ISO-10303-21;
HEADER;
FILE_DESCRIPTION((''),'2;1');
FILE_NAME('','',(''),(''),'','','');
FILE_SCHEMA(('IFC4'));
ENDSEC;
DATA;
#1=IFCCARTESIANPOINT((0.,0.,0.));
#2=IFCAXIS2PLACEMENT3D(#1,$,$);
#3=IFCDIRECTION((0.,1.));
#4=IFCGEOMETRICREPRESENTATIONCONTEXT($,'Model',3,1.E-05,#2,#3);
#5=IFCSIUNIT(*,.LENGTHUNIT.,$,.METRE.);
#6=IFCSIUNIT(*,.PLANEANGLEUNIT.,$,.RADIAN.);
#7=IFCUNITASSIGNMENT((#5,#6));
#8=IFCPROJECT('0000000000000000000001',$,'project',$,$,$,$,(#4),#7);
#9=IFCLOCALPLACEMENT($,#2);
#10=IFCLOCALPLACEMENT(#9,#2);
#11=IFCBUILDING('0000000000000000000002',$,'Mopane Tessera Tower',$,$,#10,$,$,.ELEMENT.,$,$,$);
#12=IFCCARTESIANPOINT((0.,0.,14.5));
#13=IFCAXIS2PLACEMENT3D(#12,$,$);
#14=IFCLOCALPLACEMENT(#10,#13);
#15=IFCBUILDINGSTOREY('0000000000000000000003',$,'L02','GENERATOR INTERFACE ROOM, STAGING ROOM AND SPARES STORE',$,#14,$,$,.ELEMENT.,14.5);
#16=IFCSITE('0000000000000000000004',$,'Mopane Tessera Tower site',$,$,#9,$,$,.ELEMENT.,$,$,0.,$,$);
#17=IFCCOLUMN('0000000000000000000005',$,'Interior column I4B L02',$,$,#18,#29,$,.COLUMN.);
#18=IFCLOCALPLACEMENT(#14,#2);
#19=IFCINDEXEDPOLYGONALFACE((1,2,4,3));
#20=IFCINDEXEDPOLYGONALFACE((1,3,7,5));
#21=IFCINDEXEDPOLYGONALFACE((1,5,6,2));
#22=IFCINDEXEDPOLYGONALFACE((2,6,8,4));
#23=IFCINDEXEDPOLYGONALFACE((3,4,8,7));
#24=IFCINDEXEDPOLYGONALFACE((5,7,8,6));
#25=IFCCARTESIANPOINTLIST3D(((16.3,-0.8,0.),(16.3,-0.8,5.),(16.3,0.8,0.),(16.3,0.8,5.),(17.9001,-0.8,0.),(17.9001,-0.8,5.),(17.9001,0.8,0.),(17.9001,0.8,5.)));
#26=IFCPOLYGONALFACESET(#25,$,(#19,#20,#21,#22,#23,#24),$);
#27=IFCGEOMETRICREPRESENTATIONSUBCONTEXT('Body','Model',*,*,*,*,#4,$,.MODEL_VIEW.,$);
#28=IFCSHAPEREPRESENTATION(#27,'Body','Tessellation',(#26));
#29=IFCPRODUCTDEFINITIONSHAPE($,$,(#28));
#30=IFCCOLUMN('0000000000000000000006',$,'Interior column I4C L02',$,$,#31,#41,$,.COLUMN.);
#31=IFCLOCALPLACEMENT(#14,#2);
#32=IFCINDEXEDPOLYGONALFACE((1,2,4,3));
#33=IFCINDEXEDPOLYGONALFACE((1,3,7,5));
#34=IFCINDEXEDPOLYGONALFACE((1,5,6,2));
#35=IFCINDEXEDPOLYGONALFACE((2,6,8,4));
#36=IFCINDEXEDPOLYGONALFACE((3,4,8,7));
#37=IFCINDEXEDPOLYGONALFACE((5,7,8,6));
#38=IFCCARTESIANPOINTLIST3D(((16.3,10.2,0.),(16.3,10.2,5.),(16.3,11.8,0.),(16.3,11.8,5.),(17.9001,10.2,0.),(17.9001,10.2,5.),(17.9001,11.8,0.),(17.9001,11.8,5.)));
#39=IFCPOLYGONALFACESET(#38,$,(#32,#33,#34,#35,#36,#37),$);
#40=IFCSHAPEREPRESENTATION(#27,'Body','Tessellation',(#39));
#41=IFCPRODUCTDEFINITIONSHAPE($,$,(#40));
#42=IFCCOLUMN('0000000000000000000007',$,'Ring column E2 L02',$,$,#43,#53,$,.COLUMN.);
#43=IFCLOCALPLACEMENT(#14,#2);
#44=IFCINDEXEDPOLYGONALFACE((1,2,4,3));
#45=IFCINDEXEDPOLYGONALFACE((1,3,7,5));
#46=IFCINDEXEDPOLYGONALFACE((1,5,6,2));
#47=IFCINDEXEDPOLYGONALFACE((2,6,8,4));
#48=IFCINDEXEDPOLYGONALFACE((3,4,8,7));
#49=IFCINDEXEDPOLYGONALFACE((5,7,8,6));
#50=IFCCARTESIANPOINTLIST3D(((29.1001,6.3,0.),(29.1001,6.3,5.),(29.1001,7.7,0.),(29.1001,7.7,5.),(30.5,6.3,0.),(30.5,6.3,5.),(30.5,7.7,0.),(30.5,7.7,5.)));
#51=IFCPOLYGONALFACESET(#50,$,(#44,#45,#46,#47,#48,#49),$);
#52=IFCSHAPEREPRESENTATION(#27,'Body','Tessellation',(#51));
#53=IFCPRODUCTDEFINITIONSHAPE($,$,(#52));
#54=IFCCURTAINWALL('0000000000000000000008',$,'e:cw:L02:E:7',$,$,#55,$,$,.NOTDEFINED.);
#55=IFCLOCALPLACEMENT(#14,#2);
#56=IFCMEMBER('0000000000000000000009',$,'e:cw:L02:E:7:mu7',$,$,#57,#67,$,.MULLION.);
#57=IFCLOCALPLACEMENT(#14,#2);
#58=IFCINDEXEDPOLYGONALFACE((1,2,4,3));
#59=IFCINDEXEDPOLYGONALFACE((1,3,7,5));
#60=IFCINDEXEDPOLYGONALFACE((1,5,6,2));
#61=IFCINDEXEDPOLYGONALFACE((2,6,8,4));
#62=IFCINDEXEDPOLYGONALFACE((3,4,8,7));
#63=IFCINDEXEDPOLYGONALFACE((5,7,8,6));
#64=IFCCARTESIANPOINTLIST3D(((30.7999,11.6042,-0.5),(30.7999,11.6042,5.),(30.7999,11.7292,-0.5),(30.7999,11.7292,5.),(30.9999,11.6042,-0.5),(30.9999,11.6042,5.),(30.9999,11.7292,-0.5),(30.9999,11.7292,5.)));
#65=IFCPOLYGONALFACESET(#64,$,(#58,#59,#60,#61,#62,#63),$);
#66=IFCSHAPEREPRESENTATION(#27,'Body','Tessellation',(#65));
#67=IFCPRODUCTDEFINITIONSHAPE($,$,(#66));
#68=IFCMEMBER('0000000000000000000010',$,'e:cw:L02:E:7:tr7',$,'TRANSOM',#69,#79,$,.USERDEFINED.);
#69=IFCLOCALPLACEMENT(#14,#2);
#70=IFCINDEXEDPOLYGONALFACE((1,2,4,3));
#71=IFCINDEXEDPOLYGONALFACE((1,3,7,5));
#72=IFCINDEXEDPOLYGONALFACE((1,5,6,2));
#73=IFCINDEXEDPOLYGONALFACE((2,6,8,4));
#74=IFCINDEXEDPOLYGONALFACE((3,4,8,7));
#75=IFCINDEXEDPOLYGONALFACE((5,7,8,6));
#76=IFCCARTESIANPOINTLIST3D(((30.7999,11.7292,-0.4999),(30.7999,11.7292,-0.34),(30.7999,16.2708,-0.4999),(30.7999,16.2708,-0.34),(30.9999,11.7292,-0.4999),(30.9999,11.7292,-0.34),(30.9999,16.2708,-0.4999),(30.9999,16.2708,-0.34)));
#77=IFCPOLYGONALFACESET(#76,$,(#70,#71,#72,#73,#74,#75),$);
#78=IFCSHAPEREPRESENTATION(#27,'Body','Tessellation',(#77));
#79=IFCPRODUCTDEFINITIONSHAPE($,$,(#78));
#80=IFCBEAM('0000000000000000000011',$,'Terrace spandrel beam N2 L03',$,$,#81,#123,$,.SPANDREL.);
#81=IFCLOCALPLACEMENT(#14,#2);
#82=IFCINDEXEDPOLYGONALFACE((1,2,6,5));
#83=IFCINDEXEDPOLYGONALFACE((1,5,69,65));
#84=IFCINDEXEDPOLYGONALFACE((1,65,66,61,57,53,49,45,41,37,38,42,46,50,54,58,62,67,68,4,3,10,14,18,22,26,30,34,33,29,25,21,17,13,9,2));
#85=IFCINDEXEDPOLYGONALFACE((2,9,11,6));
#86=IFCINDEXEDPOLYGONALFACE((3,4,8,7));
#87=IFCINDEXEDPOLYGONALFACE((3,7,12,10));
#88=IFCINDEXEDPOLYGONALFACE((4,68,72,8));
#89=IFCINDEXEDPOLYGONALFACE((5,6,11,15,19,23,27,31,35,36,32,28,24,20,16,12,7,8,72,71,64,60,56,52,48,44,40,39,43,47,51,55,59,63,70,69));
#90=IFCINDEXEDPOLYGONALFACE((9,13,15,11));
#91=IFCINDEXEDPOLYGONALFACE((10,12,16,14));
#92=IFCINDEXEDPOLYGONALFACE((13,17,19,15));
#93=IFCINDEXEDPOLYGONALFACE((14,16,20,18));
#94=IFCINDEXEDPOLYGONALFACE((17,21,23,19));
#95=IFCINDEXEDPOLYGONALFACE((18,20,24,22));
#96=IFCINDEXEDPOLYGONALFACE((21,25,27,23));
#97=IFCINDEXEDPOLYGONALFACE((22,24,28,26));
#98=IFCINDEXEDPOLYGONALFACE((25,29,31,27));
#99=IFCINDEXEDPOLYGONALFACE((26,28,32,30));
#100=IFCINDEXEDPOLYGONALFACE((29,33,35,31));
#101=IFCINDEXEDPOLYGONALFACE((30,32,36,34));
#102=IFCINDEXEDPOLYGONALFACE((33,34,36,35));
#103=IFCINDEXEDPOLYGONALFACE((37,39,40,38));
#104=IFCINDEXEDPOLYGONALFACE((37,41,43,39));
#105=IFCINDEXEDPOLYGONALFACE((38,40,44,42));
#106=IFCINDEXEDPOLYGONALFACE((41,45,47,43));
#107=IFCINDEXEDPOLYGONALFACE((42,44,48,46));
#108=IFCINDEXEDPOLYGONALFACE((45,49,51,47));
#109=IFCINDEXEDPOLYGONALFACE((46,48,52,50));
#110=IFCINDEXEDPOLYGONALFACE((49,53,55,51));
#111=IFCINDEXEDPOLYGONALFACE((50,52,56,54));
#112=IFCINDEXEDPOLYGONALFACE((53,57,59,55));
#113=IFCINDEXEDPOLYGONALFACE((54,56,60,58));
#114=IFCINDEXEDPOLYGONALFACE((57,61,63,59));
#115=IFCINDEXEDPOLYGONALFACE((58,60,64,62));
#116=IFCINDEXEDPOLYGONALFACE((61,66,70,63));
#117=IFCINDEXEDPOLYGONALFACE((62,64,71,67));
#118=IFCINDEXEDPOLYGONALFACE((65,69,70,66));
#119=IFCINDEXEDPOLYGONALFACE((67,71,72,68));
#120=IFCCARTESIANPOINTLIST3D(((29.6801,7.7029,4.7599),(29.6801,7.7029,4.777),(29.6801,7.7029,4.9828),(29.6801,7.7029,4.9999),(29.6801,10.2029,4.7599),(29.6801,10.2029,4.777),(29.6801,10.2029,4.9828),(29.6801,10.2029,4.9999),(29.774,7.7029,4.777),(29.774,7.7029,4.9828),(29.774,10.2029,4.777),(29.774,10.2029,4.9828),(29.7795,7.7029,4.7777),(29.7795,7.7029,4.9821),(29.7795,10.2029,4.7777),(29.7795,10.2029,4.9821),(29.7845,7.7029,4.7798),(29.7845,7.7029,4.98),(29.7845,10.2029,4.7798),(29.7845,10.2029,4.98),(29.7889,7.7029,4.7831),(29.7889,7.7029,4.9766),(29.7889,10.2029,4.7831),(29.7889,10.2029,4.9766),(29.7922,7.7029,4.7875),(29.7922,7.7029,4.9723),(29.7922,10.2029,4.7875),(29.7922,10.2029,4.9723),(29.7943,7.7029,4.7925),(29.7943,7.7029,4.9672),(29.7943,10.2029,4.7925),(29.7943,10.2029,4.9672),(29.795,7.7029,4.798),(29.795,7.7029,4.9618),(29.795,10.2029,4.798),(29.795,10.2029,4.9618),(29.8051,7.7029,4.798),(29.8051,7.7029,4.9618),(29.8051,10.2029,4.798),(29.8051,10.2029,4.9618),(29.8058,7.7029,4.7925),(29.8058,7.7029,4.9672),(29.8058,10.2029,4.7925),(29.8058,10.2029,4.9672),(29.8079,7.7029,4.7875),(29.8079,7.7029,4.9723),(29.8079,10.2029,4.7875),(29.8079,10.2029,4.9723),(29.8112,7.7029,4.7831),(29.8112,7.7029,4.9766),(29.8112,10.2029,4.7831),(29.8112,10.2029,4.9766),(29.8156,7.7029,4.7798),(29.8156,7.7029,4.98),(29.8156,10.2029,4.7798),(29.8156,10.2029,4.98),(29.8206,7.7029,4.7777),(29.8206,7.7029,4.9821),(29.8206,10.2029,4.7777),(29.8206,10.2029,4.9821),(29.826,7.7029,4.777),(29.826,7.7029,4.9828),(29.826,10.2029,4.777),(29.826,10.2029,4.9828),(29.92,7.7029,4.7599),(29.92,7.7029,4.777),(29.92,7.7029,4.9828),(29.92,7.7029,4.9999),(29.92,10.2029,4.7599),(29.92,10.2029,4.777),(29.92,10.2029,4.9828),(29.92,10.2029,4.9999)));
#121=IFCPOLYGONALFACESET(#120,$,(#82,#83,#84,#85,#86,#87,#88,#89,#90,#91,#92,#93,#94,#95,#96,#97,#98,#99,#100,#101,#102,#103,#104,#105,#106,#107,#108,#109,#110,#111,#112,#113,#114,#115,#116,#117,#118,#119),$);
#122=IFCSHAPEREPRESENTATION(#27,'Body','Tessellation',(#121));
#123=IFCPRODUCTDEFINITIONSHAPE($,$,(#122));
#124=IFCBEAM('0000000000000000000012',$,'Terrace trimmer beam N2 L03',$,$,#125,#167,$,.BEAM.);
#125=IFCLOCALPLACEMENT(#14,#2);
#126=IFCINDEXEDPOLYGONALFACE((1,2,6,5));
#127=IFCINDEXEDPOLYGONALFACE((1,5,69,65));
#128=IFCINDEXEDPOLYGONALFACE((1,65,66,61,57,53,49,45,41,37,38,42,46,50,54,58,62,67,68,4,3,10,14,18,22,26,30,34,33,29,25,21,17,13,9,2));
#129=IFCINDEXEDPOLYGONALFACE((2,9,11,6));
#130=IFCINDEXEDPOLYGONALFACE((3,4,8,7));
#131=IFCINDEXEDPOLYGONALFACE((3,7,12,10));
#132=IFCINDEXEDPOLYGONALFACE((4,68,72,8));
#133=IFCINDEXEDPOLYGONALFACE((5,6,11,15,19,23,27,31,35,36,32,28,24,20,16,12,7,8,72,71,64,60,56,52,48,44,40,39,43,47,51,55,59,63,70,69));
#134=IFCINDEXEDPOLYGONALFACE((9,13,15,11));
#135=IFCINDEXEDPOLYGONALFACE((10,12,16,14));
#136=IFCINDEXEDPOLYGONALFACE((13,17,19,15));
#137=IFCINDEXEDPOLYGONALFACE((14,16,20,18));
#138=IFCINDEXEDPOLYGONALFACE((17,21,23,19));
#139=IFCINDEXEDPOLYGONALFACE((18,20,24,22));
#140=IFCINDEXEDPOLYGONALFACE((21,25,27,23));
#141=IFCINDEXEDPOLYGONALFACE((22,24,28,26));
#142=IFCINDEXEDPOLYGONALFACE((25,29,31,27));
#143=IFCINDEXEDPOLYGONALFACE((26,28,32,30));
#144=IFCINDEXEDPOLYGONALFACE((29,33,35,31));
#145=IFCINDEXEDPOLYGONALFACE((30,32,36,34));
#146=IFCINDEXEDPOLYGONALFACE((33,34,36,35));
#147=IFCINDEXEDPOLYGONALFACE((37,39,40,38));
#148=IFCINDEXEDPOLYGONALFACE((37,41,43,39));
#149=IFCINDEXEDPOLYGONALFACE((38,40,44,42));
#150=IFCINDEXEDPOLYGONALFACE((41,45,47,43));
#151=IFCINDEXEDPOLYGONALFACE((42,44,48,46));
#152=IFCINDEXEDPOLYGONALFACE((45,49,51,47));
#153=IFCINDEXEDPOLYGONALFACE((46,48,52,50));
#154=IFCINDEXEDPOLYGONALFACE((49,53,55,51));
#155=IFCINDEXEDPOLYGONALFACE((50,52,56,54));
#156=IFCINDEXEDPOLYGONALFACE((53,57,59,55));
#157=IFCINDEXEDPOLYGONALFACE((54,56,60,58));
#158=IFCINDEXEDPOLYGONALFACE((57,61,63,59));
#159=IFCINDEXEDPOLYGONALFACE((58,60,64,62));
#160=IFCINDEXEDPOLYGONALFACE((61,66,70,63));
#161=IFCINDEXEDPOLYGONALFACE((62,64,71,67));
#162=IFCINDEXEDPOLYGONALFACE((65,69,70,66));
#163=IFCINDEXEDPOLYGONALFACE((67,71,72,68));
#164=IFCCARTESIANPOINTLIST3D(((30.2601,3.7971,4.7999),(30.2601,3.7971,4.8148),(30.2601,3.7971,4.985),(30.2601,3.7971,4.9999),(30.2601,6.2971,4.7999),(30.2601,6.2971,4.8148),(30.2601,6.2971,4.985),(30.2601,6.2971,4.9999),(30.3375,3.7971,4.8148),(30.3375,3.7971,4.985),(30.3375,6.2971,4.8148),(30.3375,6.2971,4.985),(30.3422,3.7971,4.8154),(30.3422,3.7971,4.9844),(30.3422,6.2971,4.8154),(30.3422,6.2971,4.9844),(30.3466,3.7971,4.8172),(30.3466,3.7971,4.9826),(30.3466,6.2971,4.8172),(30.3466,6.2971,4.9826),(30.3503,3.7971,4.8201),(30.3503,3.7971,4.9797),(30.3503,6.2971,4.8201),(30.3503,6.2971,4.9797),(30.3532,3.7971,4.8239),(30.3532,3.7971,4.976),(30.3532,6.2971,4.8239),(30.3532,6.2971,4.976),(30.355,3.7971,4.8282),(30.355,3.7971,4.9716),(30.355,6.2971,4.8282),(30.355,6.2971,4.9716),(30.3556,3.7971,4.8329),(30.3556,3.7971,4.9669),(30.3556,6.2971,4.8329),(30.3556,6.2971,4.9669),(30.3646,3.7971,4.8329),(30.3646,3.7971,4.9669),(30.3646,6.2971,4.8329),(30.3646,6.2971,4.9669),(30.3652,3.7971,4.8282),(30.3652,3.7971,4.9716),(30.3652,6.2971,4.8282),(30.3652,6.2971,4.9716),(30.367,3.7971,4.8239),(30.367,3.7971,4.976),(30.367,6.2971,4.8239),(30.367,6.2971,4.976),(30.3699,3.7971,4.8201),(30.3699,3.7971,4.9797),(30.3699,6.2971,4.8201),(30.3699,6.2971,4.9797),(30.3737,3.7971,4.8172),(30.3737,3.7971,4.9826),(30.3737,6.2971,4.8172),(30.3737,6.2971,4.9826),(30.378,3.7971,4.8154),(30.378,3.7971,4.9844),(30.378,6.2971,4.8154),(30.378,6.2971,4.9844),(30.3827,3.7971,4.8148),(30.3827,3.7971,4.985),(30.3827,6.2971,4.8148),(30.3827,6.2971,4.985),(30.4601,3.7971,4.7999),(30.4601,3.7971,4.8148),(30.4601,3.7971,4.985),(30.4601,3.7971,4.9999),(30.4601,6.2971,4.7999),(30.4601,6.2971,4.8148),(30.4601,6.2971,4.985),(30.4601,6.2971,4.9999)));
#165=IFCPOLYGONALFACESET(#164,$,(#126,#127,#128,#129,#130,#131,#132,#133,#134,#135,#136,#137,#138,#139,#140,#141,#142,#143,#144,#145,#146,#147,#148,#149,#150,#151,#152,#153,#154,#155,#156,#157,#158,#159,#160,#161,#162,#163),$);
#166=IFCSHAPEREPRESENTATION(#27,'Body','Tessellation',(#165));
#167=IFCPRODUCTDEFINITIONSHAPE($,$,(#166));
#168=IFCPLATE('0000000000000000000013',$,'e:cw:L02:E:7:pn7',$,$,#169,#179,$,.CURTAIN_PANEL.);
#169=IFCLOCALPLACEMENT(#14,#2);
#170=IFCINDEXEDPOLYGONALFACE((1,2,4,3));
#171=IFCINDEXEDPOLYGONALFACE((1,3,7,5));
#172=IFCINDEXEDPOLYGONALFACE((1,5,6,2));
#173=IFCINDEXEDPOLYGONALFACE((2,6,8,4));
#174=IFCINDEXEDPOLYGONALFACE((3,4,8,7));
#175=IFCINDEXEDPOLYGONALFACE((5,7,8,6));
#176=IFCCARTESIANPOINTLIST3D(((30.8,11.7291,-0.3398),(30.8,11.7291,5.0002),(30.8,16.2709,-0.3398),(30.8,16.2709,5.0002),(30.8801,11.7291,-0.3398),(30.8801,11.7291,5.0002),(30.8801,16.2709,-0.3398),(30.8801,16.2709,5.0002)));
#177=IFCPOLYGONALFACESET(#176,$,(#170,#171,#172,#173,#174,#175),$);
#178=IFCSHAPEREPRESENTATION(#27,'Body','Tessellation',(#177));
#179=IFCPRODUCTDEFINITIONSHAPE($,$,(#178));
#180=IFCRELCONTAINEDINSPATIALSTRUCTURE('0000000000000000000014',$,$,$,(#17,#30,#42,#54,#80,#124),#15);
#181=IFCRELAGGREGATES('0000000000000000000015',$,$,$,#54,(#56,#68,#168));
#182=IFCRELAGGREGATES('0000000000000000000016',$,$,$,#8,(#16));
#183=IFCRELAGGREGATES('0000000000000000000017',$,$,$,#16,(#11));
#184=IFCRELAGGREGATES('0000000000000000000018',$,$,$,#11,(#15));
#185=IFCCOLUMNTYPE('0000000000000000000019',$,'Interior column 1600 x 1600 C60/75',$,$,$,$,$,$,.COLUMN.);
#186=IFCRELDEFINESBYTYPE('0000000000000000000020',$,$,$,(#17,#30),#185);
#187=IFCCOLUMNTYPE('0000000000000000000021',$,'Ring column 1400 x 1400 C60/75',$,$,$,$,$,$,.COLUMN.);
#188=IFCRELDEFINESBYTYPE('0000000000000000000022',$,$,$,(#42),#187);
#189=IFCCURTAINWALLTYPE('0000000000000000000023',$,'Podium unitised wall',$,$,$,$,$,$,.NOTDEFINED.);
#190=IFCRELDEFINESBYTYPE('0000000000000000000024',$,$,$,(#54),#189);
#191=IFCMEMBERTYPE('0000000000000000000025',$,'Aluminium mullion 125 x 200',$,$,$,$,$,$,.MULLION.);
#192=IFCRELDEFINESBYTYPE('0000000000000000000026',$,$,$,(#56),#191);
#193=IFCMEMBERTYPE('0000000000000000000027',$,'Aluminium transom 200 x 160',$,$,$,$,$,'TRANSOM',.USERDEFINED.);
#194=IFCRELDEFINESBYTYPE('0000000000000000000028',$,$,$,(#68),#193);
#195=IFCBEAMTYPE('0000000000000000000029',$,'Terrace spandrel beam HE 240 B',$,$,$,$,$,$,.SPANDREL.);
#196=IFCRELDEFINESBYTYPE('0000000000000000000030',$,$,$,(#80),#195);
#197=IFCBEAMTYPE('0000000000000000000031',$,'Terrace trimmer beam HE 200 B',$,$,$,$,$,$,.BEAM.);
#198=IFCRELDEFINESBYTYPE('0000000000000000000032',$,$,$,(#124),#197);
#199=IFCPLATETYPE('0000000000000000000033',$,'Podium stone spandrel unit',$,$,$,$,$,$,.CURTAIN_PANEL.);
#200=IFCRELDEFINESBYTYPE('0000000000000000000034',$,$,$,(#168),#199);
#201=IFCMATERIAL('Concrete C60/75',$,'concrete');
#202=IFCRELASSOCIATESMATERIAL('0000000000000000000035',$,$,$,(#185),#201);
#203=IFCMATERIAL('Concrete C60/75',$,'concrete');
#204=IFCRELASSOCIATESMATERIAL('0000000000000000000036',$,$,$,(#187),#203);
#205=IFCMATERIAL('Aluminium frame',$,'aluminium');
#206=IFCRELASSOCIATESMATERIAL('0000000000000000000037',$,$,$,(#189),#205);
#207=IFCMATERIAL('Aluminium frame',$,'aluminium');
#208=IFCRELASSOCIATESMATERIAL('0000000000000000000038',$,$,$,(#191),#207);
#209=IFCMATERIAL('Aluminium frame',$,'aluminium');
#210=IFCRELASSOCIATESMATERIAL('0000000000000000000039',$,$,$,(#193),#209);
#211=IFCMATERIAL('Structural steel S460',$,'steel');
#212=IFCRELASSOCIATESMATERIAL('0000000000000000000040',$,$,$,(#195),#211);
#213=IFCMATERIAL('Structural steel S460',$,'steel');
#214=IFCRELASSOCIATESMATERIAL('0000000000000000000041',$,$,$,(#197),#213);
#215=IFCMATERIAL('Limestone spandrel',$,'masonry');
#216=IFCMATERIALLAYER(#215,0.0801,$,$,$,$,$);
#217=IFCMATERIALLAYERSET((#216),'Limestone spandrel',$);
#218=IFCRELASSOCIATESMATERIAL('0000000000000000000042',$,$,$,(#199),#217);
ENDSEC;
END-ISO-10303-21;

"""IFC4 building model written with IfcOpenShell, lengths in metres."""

from ifc_helpers import new_model, si_unit, direction, frame, origin, origin_2d, place, context, subcontext, project, spatial, rectangle, i_section, extrude, material, layer, layer_set, material_profile, profile_set, type_object, element, aggregate, save


model = new_model("IFC4")

# Units and contexts
model_context = context("Model", 3, precision=1e-05, world=origin(), true_north=direction((0.0, 1.0)))
body_context = subcontext(model_context, "Body", "Model", "MODEL_VIEW")
ifc_project = project(units=[si_unit("LENGTHUNIT", "METRE"), si_unit("PLANEANGLEUNIT", "RADIAN")], contexts=[model_context])

# Site, building, storey
site_placement = place(None, origin())
site = spatial("IfcSite", under=ifc_project, at=site_placement, Name="Mopane Tessera Tower site", CompositionType="ELEMENT", RefElevation=0.0)
building_placement = place(site_placement, origin())
building = spatial("IfcBuilding", under=site, at=building_placement, Name="Mopane Tessera Tower", CompositionType="ELEMENT")
storey_placement = place(building_placement, frame((0.0, 0.0, 14.5)))
storey = spatial("IfcBuildingStorey", under=building, at=storey_placement, Name="L02", Description="GENERATOR INTERFACE ROOM, STAGING ROOM AND SPARES STORE", CompositionType="ELEMENT", Elevation=14.5)

# Columns
ifc_material_1 = material(Name="Concrete C60/75", Category="concrete")
ifc_material_profile_1 = material_profile(ifc_material_1, rectangle(XDim=1.6001, YDim=1.6001, at=origin_2d()))
ifc_profile_set_1 = profile_set([ifc_material_profile_1], Name="Concrete C60/75")
column_type_1 = type_object("IfcColumnType", Name="Interior column 1600 x 1600 C60/75", PredefinedType="COLUMN", material=ifc_profile_set_1)
for number, where, z_axis, x_axis, name in (
    (1, (17.1001, 0.0, 0.0), (0.0, 0.0, 1.0), (1.0, 0.0, 0.0), "Interior column I4B L02"),
    (2, (17.1001, 11.0, 0.0), (0.0, 0.0, 1.0), (1.0, 0.0, 0.0), "Interior column I4C L02"),
):
    element("IfcColumn", number, at=place(storey_placement, frame(where, z_axis=z_axis, x_axis=x_axis)), inside=storey, type_object=column_type_1, Name=name, PredefinedType="COLUMN", context=body_context, shape_type="SweptSolid", body=[
        extrude(rectangle(XDim=1.6001, YDim=1.6001, at=origin_2d()), origin(), (0.0, 0.0, 1.0), 5.0),
    ])
ifc_material_2 = material(Name="Concrete C60/75", Category="concrete")
ifc_material_profile_2 = material_profile(ifc_material_2, rectangle(XDim=1.3999, YDim=1.3999, at=origin_2d()))
ifc_profile_set_2 = profile_set([ifc_material_profile_2], Name="Concrete C60/75")
column_type_2 = type_object("IfcColumnType", Name="Ring column 1400 x 1400 C60/75", PredefinedType="COLUMN", material=ifc_profile_set_2)
column_placement = place(storey_placement, frame((29.8, 7.0, 0.0), z_axis=(0.0, 0.0, 1.0), x_axis=(1.0, 0.0, 0.0)))
element("IfcColumn", 3, at=column_placement, inside=storey, type_object=column_type_2, Name="Ring column E2 L02", PredefinedType="COLUMN", context=body_context, shape_type="SweptSolid", body=[
    extrude(rectangle(XDim=1.3999, YDim=1.3999, at=origin_2d()), origin(), (0.0, 0.0, 1.0), 5.0),
])

# Curtain wall, members
ifc_material_3 = material(Name="Aluminium frame", Category="aluminium")
curtain_wall_type = type_object("IfcCurtainWallType", Name="Podium unitised wall", PredefinedType="NOTDEFINED", material=ifc_material_3)
curtain_wall_placement = place(storey_placement, origin())
curtain_wall = element("IfcCurtainWall", 4, at=curtain_wall_placement, inside=storey, type_object=curtain_wall_type, Name="e:cw:L02:E:7", PredefinedType="NOTDEFINED")
ifc_material_4 = material(Name="Aluminium frame", Category="aluminium")
ifc_material_profile_3 = material_profile(ifc_material_4, rectangle(XDim=0.125, YDim=0.2, at=origin_2d()))
ifc_profile_set_3 = profile_set([ifc_material_profile_3], Name="Aluminium frame")
member_type_1 = type_object("IfcMemberType", Name="Aluminium mullion 125 x 200", PredefinedType="MULLION", material=ifc_profile_set_3)
member_1_placement = place(storey_placement, frame((30.8999, 11.6667, -0.5), z_axis=(0.0, 0.0, 1.0), x_axis=(0.0, 1.0, 0.0)))
member_1 = element("IfcMember", 5, at=member_1_placement, type_object=member_type_1, Name="e:cw:L02:E:7:mu7", PredefinedType="MULLION", context=body_context, shape_type="SweptSolid", body=[
    extrude(rectangle(XDim=0.125, YDim=0.2, at=origin_2d()), origin(), (0.0, 0.0, 1.0), 5.5),
])
ifc_material_5 = material(Name="Aluminium frame", Category="aluminium")
ifc_material_profile_4 = material_profile(ifc_material_5, rectangle(XDim=0.2, YDim=0.1599, at=origin_2d()))
ifc_profile_set_4 = profile_set([ifc_material_profile_4], Name="Aluminium frame")
member_type_2 = type_object("IfcMemberType", Name="Aluminium transom 200 x 160", ElementType="TRANSOM", PredefinedType="USERDEFINED", material=ifc_profile_set_4)
member_2_placement = place(storey_placement, frame((30.8999, 11.7292, -0.4199), z_axis=(0.0, 1.0, 0.0), x_axis=(-1.0, 0.0, 0.0)))
member_2 = element("IfcMember", 6, at=member_2_placement, type_object=member_type_2, Name="e:cw:L02:E:7:tr7", ObjectType="TRANSOM", PredefinedType="USERDEFINED", context=body_context, shape_type="SweptSolid", body=[
    extrude(rectangle(XDim=0.2, YDim=0.1599, at=origin_2d()), origin(), (0.0, 0.0, 1.0), 4.5415),
])

# Beams
ifc_material_6 = material(Name="Structural steel S460", Category="steel")
ifc_material_profile_5 = material_profile(ifc_material_6, i_section(OverallWidth=0.24, OverallDepth=0.24, WebThickness=0.01, FlangeThickness=0.0171, FilletRadius=0.021, at=origin_2d()))
ifc_profile_set_5 = profile_set([ifc_material_profile_5], Name="Structural steel S460")
beam_type_1 = type_object("IfcBeamType", Name="Terrace spandrel beam HE 240 B", PredefinedType="SPANDREL", material=ifc_profile_set_5)
beam_1_placement = place(storey_placement, frame((29.8, 7.7029, 4.8799), z_axis=(0.0, 1.0, 0.0), x_axis=(-1.0, 0.0, 0.0)))
element("IfcBeam", 7, at=beam_1_placement, inside=storey, type_object=beam_type_1, Name="Terrace spandrel beam N2 L03", PredefinedType="SPANDREL", context=body_context, shape_type="SweptSolid", body=[
    extrude(i_section(OverallWidth=0.24, OverallDepth=0.24, WebThickness=0.01, FlangeThickness=0.0171, FilletRadius=0.021, at=origin_2d()), origin(), (0.0, 0.0, 1.0), 2.5),
])
ifc_material_7 = material(Name="Structural steel S460", Category="steel")
ifc_material_profile_6 = material_profile(ifc_material_7, i_section(OverallWidth=0.2, OverallDepth=0.2, WebThickness=0.009, FlangeThickness=0.0149, FilletRadius=0.0181, at=origin_2d()))
ifc_profile_set_6 = profile_set([ifc_material_profile_6], Name="Structural steel S460")
beam_type_2 = type_object("IfcBeamType", Name="Terrace trimmer beam HE 200 B", PredefinedType="BEAM", material=ifc_profile_set_6)
beam_2_placement = place(storey_placement, frame((30.3601, 6.2971, 4.8999), z_axis=(0.0, -1.0, 0.0), x_axis=(1.0, 0.0, 0.0)))
element("IfcBeam", 8, at=beam_2_placement, inside=storey, type_object=beam_type_2, Name="Terrace trimmer beam N2 L03", PredefinedType="BEAM", context=body_context, shape_type="SweptSolid", body=[
    extrude(i_section(OverallWidth=0.2, OverallDepth=0.2, WebThickness=0.009, FlangeThickness=0.0149, FilletRadius=0.0181, at=origin_2d()), origin(), (0.0, 0.0, 1.0), 2.5),
])

# Plate
ifc_material_8 = material(Name="Limestone spandrel", Category="masonry")
ifc_layer_1 = layer(ifc_material_8, 0.0801)
ifc_layer_set_1 = layer_set([ifc_layer_1], Name="Limestone spandrel")
plate_type = type_object("IfcPlateType", Name="Podium stone spandrel unit", PredefinedType="CURTAIN_PANEL", material=ifc_layer_set_1)
plate_placement = place(storey_placement, frame((30.8401, 14.0, -0.3398), z_axis=(0.0, 0.0, 1.0), x_axis=(0.0, 1.0, 0.0)))
plate = element("IfcPlate", 9, at=plate_placement, type_object=plate_type, Name="e:cw:L02:E:7:pn7", PredefinedType="CURTAIN_PANEL", context=body_context, shape_type="SweptSolid", body=[
    extrude(rectangle(XDim=4.5417, YDim=0.0801, at=origin_2d()), origin(), (0.0, 0.0, 1.0), 5.3401),
])
aggregate(curtain_wall, [member_1, member_2, plate])

save(model, "model.ifc")
